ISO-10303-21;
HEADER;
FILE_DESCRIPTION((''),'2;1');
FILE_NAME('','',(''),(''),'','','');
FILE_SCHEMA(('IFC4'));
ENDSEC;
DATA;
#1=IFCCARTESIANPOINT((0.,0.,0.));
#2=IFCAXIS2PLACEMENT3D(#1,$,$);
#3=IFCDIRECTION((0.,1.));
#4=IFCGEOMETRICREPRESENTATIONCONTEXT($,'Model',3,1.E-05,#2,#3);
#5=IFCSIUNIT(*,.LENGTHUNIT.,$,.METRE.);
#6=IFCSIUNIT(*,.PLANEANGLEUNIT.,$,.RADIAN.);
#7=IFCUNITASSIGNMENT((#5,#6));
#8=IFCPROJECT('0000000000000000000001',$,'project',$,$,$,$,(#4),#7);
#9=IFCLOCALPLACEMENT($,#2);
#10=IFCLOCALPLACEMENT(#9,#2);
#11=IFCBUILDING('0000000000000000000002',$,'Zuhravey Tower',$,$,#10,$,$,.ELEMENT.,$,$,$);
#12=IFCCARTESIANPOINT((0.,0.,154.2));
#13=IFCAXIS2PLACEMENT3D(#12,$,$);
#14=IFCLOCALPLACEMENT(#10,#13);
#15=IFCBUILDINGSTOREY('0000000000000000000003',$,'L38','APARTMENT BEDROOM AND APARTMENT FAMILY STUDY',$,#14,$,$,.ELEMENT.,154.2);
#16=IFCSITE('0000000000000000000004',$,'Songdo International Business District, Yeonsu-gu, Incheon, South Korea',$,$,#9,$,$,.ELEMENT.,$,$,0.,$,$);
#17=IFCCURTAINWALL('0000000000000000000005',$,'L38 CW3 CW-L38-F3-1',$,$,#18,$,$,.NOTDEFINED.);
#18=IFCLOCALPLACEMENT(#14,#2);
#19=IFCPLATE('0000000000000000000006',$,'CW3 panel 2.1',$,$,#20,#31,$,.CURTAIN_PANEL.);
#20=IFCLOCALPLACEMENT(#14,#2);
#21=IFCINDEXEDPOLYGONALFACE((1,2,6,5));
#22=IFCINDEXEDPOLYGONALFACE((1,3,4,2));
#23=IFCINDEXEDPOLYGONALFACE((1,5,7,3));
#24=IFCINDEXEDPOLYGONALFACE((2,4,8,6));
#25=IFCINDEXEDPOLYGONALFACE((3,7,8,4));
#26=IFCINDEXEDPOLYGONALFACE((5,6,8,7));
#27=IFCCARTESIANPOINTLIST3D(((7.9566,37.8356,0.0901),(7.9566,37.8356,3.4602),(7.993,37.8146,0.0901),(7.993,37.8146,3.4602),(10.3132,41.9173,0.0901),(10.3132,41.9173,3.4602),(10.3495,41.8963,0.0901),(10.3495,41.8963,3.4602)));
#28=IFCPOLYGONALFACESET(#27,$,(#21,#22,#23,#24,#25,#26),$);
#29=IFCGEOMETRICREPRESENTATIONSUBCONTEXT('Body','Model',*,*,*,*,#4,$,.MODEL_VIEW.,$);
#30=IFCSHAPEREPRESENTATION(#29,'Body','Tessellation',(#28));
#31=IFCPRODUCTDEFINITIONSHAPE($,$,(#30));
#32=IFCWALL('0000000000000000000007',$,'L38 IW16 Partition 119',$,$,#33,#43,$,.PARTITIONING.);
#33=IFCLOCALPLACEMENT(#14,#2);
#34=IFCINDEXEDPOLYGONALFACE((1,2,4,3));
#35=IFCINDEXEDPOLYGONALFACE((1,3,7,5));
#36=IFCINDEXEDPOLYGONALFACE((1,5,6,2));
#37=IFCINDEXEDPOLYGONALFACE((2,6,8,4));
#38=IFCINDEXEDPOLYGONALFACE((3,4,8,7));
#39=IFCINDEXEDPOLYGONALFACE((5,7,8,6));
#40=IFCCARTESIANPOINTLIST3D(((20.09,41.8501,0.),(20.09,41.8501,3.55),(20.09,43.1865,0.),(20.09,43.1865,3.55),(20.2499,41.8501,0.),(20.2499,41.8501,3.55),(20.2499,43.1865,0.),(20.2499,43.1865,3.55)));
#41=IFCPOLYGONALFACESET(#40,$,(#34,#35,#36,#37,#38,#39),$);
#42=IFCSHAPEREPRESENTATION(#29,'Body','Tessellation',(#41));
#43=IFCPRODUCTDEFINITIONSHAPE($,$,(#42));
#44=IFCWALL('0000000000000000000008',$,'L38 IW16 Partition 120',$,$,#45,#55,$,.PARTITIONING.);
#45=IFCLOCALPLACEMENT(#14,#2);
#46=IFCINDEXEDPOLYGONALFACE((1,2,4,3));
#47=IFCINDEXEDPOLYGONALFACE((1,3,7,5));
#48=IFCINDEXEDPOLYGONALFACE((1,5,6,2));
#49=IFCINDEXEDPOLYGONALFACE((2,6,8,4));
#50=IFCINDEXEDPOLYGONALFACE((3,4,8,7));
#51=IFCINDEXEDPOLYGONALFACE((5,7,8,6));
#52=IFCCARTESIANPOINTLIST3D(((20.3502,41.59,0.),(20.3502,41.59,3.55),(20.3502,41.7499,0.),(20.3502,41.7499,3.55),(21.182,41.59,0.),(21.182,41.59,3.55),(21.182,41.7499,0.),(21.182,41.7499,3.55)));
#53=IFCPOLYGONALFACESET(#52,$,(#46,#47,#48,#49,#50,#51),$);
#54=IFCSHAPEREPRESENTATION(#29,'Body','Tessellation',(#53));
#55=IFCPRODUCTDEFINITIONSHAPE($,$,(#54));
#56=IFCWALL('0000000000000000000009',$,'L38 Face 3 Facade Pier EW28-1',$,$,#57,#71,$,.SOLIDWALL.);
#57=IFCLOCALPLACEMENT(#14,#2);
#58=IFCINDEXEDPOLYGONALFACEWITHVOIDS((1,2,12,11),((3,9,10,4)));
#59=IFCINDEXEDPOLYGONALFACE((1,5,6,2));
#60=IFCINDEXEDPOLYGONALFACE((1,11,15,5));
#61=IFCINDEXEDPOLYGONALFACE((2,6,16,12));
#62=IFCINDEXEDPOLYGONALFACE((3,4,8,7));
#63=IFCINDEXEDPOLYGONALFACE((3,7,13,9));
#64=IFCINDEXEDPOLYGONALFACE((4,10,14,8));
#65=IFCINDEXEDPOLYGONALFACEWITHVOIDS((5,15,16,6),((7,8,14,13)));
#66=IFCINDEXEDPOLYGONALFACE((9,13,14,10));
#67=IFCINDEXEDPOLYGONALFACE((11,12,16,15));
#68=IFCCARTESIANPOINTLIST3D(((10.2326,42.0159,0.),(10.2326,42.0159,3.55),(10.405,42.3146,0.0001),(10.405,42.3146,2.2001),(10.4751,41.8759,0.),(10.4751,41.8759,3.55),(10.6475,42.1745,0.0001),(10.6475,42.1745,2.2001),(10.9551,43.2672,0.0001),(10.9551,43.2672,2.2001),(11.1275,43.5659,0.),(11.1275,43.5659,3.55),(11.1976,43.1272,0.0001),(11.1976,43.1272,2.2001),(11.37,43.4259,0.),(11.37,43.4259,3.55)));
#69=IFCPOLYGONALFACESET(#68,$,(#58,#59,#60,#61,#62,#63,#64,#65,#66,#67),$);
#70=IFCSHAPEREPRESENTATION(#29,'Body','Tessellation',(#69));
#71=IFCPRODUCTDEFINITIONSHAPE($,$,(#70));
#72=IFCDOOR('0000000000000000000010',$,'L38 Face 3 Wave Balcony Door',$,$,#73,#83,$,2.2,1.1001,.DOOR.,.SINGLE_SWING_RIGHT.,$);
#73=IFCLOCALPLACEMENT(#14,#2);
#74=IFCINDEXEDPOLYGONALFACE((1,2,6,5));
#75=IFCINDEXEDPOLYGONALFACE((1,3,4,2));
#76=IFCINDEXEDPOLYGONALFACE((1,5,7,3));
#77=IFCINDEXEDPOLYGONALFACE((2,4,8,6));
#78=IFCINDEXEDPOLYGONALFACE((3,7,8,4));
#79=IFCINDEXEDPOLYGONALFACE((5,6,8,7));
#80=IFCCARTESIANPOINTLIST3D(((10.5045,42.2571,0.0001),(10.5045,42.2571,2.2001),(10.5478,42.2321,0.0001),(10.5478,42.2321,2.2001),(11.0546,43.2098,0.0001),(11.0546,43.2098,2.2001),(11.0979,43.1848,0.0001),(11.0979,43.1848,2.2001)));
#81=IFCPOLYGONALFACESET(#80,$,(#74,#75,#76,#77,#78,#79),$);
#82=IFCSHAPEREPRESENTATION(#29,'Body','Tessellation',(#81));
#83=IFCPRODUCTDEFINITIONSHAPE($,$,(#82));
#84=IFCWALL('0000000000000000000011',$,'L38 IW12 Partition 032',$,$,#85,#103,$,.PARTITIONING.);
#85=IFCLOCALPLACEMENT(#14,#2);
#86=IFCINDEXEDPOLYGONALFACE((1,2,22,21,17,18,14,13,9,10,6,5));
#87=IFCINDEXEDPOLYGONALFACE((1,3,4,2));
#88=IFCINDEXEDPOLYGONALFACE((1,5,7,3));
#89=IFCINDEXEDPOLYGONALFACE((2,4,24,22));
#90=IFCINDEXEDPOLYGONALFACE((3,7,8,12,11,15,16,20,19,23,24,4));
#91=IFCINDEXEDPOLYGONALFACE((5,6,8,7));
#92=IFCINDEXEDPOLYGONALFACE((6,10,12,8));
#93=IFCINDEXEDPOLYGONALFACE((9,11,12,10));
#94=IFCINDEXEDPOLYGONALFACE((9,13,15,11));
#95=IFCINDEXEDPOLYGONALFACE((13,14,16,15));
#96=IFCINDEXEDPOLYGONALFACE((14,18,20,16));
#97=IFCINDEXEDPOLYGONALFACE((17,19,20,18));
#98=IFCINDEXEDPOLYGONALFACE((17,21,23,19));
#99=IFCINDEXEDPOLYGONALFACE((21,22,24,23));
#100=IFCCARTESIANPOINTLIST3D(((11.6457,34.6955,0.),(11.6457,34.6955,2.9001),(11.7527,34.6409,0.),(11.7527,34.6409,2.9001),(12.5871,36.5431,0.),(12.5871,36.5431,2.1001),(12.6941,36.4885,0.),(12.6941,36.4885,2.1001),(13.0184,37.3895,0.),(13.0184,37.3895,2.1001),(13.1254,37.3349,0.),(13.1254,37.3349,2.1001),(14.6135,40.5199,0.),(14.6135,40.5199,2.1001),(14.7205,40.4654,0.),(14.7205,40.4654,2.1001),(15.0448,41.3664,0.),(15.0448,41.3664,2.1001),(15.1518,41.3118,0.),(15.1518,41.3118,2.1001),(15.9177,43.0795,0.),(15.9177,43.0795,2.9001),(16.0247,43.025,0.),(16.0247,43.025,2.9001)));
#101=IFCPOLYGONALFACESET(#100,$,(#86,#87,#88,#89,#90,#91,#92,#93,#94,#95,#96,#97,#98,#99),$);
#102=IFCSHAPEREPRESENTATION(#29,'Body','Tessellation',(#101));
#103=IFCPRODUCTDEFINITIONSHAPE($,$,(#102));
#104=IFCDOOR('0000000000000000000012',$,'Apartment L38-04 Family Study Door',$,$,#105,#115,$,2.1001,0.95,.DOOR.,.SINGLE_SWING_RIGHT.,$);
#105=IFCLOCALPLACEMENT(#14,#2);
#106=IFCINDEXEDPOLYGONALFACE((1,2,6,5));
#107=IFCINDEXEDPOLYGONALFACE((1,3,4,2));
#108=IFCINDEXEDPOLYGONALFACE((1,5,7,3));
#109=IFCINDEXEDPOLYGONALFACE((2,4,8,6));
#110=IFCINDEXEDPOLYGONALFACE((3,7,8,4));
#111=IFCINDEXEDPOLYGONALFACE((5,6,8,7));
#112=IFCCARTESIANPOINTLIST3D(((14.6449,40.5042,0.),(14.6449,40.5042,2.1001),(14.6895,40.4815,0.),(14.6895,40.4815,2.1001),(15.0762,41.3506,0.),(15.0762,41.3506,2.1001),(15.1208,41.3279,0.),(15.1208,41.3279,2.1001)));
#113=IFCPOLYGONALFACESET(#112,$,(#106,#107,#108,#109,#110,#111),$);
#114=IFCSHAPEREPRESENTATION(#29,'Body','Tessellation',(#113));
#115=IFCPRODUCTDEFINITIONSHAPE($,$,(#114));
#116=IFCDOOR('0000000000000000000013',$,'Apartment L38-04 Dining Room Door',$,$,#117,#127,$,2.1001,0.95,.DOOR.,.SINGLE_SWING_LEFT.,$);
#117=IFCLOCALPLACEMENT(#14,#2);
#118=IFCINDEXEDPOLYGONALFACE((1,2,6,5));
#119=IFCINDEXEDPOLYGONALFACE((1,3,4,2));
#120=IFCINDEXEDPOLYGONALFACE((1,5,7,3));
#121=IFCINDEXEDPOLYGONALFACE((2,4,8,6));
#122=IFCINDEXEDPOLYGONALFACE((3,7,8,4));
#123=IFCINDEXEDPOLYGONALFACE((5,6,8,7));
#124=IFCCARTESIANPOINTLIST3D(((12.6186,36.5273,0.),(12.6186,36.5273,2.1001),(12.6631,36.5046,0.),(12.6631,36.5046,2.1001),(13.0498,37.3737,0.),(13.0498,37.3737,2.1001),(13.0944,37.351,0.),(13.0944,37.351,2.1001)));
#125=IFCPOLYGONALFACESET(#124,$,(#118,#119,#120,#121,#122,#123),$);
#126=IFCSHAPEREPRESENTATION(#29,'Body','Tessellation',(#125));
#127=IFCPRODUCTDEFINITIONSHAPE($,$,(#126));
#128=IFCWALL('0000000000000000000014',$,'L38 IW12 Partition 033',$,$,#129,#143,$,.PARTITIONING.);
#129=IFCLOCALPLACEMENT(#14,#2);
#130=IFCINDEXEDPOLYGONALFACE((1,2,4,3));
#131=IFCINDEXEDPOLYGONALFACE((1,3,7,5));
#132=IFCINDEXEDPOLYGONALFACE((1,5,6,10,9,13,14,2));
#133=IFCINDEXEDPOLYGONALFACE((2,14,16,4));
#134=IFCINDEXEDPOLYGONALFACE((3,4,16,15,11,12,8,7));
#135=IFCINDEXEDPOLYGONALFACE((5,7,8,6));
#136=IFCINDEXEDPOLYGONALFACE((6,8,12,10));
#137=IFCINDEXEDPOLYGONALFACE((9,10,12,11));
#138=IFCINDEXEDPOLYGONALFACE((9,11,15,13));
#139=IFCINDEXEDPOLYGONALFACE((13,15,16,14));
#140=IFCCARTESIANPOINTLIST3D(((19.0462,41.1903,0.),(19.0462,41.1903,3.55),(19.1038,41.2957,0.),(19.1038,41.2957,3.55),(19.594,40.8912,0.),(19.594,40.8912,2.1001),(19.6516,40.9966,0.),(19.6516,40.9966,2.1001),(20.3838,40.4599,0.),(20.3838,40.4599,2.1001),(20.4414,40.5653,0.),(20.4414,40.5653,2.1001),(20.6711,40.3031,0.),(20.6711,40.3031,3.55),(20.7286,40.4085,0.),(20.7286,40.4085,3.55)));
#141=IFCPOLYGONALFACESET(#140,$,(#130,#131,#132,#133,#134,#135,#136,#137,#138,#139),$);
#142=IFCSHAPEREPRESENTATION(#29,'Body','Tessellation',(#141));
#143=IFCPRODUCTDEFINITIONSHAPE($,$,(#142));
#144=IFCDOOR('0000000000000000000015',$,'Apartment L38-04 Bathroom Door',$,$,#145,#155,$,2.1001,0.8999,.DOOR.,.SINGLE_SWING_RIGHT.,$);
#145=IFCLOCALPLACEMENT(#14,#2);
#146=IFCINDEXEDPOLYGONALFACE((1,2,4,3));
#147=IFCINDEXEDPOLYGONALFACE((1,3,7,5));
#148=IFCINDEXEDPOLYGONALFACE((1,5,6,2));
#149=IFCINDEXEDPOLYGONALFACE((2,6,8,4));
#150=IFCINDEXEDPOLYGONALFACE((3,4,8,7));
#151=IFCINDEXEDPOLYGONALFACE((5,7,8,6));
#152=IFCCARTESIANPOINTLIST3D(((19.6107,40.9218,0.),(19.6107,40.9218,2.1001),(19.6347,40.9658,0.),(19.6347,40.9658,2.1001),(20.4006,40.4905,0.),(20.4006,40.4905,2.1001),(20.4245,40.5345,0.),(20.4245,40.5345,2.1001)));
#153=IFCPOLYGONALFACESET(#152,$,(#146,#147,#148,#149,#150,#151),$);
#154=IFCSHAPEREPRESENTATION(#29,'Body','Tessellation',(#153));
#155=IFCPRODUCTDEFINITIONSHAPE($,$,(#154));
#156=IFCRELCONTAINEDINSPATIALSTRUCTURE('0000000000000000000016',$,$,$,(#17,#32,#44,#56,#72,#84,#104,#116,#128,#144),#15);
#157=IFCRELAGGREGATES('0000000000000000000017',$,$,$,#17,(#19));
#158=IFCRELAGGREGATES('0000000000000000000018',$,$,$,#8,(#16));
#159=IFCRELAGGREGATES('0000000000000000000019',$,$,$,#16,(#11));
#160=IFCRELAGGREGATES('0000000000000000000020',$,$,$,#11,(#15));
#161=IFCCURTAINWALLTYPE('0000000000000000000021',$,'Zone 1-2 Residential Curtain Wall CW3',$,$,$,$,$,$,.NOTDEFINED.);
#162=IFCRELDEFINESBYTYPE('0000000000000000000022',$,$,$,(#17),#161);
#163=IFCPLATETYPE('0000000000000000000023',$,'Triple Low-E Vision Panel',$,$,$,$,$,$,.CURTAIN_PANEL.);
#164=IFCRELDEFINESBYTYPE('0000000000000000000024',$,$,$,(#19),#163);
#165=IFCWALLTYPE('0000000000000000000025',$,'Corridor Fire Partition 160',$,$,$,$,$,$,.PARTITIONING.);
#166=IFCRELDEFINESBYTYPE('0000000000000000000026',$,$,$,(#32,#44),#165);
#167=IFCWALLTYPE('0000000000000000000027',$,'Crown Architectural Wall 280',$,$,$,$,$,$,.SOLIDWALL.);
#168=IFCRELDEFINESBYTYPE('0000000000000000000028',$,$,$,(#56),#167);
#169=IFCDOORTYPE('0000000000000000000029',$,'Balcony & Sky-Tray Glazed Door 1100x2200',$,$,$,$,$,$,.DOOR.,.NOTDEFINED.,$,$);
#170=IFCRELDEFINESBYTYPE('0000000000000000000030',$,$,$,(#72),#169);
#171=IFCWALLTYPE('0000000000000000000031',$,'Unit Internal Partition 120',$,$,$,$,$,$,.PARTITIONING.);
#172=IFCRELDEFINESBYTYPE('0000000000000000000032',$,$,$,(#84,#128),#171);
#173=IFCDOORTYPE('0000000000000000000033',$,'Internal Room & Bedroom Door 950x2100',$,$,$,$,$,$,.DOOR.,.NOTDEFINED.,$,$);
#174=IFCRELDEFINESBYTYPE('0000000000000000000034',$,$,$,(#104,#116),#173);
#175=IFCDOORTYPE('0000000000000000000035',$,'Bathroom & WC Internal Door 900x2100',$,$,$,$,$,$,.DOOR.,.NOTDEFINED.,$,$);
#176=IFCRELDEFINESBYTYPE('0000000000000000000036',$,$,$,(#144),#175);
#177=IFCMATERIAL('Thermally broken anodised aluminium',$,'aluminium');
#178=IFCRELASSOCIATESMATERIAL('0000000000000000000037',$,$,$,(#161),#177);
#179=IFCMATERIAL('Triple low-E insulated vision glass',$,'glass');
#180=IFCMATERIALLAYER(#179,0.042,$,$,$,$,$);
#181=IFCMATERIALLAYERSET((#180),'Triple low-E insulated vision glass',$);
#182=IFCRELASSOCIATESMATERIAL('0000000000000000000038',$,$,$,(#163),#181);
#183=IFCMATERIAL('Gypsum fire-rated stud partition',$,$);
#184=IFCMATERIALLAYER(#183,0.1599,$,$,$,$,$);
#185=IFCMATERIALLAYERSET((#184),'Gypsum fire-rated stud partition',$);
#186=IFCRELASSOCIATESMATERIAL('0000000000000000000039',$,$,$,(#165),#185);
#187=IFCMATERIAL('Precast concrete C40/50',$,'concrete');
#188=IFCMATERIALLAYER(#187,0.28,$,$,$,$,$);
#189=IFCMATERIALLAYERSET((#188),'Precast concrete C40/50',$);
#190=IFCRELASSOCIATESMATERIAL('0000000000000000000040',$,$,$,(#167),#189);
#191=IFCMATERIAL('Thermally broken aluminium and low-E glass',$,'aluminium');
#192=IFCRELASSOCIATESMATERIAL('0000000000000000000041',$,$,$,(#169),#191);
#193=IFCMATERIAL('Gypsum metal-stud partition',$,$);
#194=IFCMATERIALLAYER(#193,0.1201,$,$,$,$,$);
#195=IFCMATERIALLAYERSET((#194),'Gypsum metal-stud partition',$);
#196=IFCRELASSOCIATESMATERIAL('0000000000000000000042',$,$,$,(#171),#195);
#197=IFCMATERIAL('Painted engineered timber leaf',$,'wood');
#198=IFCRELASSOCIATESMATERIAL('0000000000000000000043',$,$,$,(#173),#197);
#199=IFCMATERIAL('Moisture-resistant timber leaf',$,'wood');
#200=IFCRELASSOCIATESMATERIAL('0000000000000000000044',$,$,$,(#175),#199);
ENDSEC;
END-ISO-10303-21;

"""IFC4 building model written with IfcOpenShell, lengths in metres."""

from ifc_helpers import new_model, si_unit, direction, frame, frame_2d, origin, origin_2d, place, context, subcontext, project, spatial, rectangle, extrude, material, layer, layer_set, type_object, element, fill, aggregate, save


model = new_model("IFC4")

# Units and contexts
model_context = context("Model", 3, precision=1e-05, world=origin(), true_north=direction((0.0, 1.0)))
body_context = subcontext(model_context, "Body", "Model", "MODEL_VIEW")
ifc_project = project(units=[si_unit("LENGTHUNIT", "METRE"), si_unit("PLANEANGLEUNIT", "RADIAN")], contexts=[model_context])

# Site, building, storey
site_placement = place(None, origin())
site = spatial("IfcSite", under=ifc_project, at=site_placement, Name="Songdo International Business District, Yeonsu-gu, Incheon, South Korea", CompositionType="ELEMENT", RefElevation=0.0)
building_placement = place(site_placement, origin())
building = spatial("IfcBuilding", under=site, at=building_placement, Name="Zuhravey Tower", CompositionType="ELEMENT")
storey_placement = place(building_placement, frame((0.0, 0.0, 154.2)))
storey = spatial("IfcBuildingStorey", under=building, at=storey_placement, Name="L38", Description="APARTMENT BEDROOM AND APARTMENT FAMILY STUDY", CompositionType="ELEMENT", Elevation=154.2)

# Curtain wall
ifc_material_1 = material(Name="Thermally broken anodised aluminium", Category="aluminium")
curtain_wall_type = type_object("IfcCurtainWallType", Name="Zone 1-2 Residential Curtain Wall CW3", PredefinedType="NOTDEFINED", material=ifc_material_1)
curtain_wall_1_placement = place(storey_placement, origin())
curtain_wall_1 = element("IfcCurtainWall", 1, at=curtain_wall_1_placement, inside=storey, type_object=curtain_wall_type, Name="L38 CW3 CW-L38-F3-1", PredefinedType="NOTDEFINED")

# Plate
ifc_material_2 = material(Name="Triple low-E insulated vision glass", Category="glass")
ifc_layer_1 = layer(ifc_material_2, 0.042)
ifc_layer_set_1 = layer_set([ifc_layer_1], Name="Triple low-E insulated vision glass")
plate_type_1 = type_object("IfcPlateType", Name="Triple Low-E Vision Panel", PredefinedType="CURTAIN_PANEL", material=ifc_layer_set_1)
plate_1_placement = place(storey_placement, frame((9.1531, 39.866, 0.0901), z_axis=(0.0, 0.0, 1.0), x_axis=(0.499998, 0.866027, 0.0)))
plate_1 = element("IfcPlate", 2, at=plate_1_placement, type_object=plate_type_1, Name="CW3 panel 2.1", PredefinedType="CURTAIN_PANEL", context=body_context, shape_type="SweptSolid", body=[
    extrude(rectangle(XDim=4.7131, YDim=0.042, at=origin_2d()), origin(), (0.0, 0.0, 1.0), 3.3701),
])
aggregate(curtain_wall_1, [plate_1])

# Walls
ifc_material_3 = material(Name="Gypsum fire-rated stud partition")
ifc_layer_2 = layer(ifc_material_3, 0.1599)
ifc_layer_set_2 = layer_set([ifc_layer_2], Name="Gypsum fire-rated stud partition")
wall_type_1 = type_object("IfcWallType", Name="Corridor Fire Partition 160", PredefinedType="PARTITIONING", material=ifc_layer_set_2)
wall_1_placement = place(storey_placement, frame((20.1699, 43.1865, 0.0), z_axis=(0.0, 0.0, 1.0), x_axis=(0.0, -1.0, 0.0)))
element("IfcWall", 3, at=wall_1_placement, inside=storey, type_object=wall_type_1, Name="L38 IW16 Partition 119", PredefinedType="PARTITIONING", context=body_context, shape_type="SweptSolid", body=[
    extrude(rectangle(XDim=1.3364, YDim=0.1599, at=frame_2d((0.6682, 0.0))), origin(), (0.0, 0.0, 1.0), 3.55),
])
wall_2_placement = place(storey_placement, frame((20.3501, 41.6699, 0.0), z_axis=(0.0, 0.0, 1.0), x_axis=(1.0, 0.0, 0.0)))
element("IfcWall", 4, at=wall_2_placement, inside=storey, type_object=wall_type_1, Name="L38 IW16 Partition 120", PredefinedType="PARTITIONING", context=body_context, shape_type="SweptSolid", body=[
    extrude(rectangle(XDim=0.8318, YDim=0.1599, at=frame_2d((0.416, 0.0))), origin(), (0.0, 0.0, 1.0), 3.55),
])

# Wall, opening, door
ifc_material_4 = material(Name="Precast concrete C40/50", Category="concrete")
ifc_layer_3 = layer(ifc_material_4, 0.28)
ifc_layer_set_3 = layer_set([ifc_layer_3], Name="Precast concrete C40/50")
wall_type_2 = type_object("IfcWallType", Name="Crown Architectural Wall 280", PredefinedType="SOLIDWALL", material=ifc_layer_set_3)
wall_3_placement = place(storey_placement, frame((10.3538, 41.9458, 0.0), z_axis=(0.0, 0.0, 1.0), x_axis=(0.500041, 0.866002, 0.0)))
wall_3 = element("IfcWall", 5, at=wall_3_placement, inside=storey, type_object=wall_type_2, Name="L38 Face 3 Facade Pier EW28-1", PredefinedType="SOLIDWALL", context=body_context, shape_type="SweptSolid", body=[
    extrude(rectangle(XDim=1.7898, YDim=0.28, at=frame_2d((0.895, 0.0))), origin(), (0.0, 0.0, 1.0), 3.55),
])
opening_1_placement = place(wall_3_placement, frame((0.345, 0.0, 0.0)))
opening_1 = element("IfcOpeningElement", 6, at=opening_1_placement, cuts=wall_3, PredefinedType="OPENING", context=body_context, shape_type="SweptSolid", body=[
    extrude(rectangle(XDim=1.1001, YDim=2.2, at=frame_2d((0.55, 1.1001))), frame((0.0, 0.1521, 0.0), z_axis=(0.0, -1.0, 0.0), x_axis=(1.0, 0.0, 0.0)), (0.0, 0.0, 1.0), 0.304),
])
ifc_material_5 = material(Name="Thermally broken aluminium and low-E glass", Category="aluminium")
door_type_1 = type_object("IfcDoorType", Name="Balcony & Sky-Tray Glazed Door 1100x2200", OperationType="NOTDEFINED", PredefinedType="DOOR", material=ifc_material_5)
door_1_placement = place(opening_1_placement, frame((1.1001, 0.0, 0.0), z_axis=(0.0, 0.0, 1.0), x_axis=(-1.0, 0.0, 0.0)))
door_1 = element("IfcDoor", 7, at=door_1_placement, inside=storey, type_object=door_type_1, Name="L38 Face 3 Wave Balcony Door", OperationType="SINGLE_SWING_RIGHT", OverallHeight=2.2, OverallWidth=1.1001, PredefinedType="DOOR", context=body_context, shape_type="SweptSolid", body=[
    extrude(rectangle(XDim=1.1001, YDim=2.2, at=frame_2d((0.55, 1.1001))), frame((0.0, 0.0249, 0.0), z_axis=(0.0, -1.0, 0.0), x_axis=(1.0, 0.0, 0.0)), (0.0, 0.0, 1.0), 0.05),
])
fill(opening_1, door_1)

# Wall, openings, doors
ifc_material_6 = material(Name="Gypsum metal-stud partition")
ifc_layer_4 = layer(ifc_material_6, 0.1201)
ifc_layer_set_4 = layer_set([ifc_layer_4], Name="Gypsum metal-stud partition")
wall_type_3 = type_object("IfcWallType", Name="Unit Internal Partition 120", PredefinedType="PARTITIONING", material=ifc_layer_set_4)
wall_4_placement = place(storey_placement, frame((15.9712, 43.0522, 0.0), z_axis=(0.0, 0.0, 1.0), x_axis=(-0.453998, -0.891002, 0.0)))
wall_4 = element("IfcWall", 8, at=wall_4_placement, inside=storey, type_object=wall_type_3, Name="L38 IW12 Partition 032", PredefinedType="PARTITIONING", context=body_context, shape_type="SweptSolid", body=[
    extrude(rectangle(XDim=9.4097, YDim=0.1201, at=frame_2d((4.7048, 0.0))), origin(), (0.0, 0.0, 1.0), 2.9001),
])
opening_2_placement = place(wall_4_placement, frame((1.9226, 0.0, 0.0)))
opening_2 = element("IfcOpeningElement", 9, at=opening_2_placement, cuts=wall_4, PredefinedType="OPENING", context=body_context, shape_type="SweptSolid", body=[
    extrude(rectangle(XDim=0.95, YDim=2.1001, at=frame_2d((0.4751, 1.05))), frame((0.0, 0.072, 0.0), z_axis=(0.0, -1.0, 0.0), x_axis=(1.0, 0.0, 0.0)), (0.0, 0.0, 1.0), 0.144),
])
opening_3_placement = place(wall_4_placement, frame((6.386, 0.0, 0.0)))
opening_3 = element("IfcOpeningElement", 10, at=opening_3_placement, cuts=wall_4, PredefinedType="OPENING", context=body_context, shape_type="SweptSolid", body=[
    extrude(rectangle(XDim=0.95, YDim=2.1001, at=frame_2d((0.4751, 1.05))), frame((0.0, 0.072, 0.0), z_axis=(0.0, -1.0, 0.0), x_axis=(1.0, 0.0, 0.0)), (0.0, 0.0, 1.0), 0.144),
])
ifc_material_7 = material(Name="Painted engineered timber leaf", Category="wood")
door_type_2 = type_object("IfcDoorType", Name="Internal Room & Bedroom Door 950x2100", OperationType="NOTDEFINED", PredefinedType="DOOR", material=ifc_material_7)
door_2_placement = place(opening_2_placement, frame((0.95, 0.0, 0.0), z_axis=(0.0, 0.0, 1.0), x_axis=(-1.0, 0.0, 0.0)))
door_2 = element("IfcDoor", 11, at=door_2_placement, inside=storey, type_object=door_type_2, Name="Apartment L38-04 Family Study Door", OperationType="SINGLE_SWING_RIGHT", OverallHeight=2.1001, OverallWidth=0.95, PredefinedType="DOOR", context=body_context, shape_type="SweptSolid", body=[
    extrude(rectangle(XDim=0.95, YDim=2.1001, at=frame_2d((0.4751, 1.05))), frame((0.0, 0.0249, 0.0), z_axis=(0.0, -1.0, 0.0), x_axis=(1.0, 0.0, 0.0)), (0.0, 0.0, 1.0), 0.05),
])
fill(opening_2, door_2)
door_3_placement = place(opening_3_placement, frame((0.95, 0.0, 0.0), z_axis=(0.0, 0.0, 1.0), x_axis=(-1.0, 0.0, 0.0)))
door_3 = element("IfcDoor", 12, at=door_3_placement, inside=storey, type_object=door_type_2, Name="Apartment L38-04 Dining Room Door", OperationType="SINGLE_SWING_LEFT", OverallHeight=2.1001, OverallWidth=0.95, PredefinedType="DOOR", context=body_context, shape_type="SweptSolid", body=[
    extrude(rectangle(XDim=0.95, YDim=2.1001, at=frame_2d((0.4751, 1.05))), frame((0.0, 0.0249, 0.0), z_axis=(0.0, -1.0, 0.0), x_axis=(1.0, 0.0, 0.0)), (0.0, 0.0, 1.0), 0.05),
])
fill(opening_3, door_3)

# Wall, opening, door
wall_5_placement = place(storey_placement, frame((20.7, 40.3557, 0.0), z_axis=(0.0, 0.0, 1.0), x_axis=(-0.877674, 0.479259, 0.0)))
wall_5 = element("IfcWall", 13, at=wall_5_placement, inside=storey, type_object=wall_type_3, Name="L38 IW12 Partition 033", PredefinedType="PARTITIONING", context=body_context, shape_type="SweptSolid", body=[
    extrude(rectangle(XDim=1.8513, YDim=0.1201, at=frame_2d((0.9258, 0.0))), origin(), (0.0, 0.0, 1.0), 3.55),
])
opening_4_placement = place(wall_5_placement, frame((0.3274, 0.0, 0.0)))
opening_4 = element("IfcOpeningElement", 14, at=opening_4_placement, cuts=wall_5, PredefinedType="OPENING", context=body_context, shape_type="SweptSolid", body=[
    extrude(rectangle(XDim=0.8999, YDim=2.1001, at=frame_2d((0.45, 1.05))), frame((0.0, 0.072, 0.0), z_axis=(0.0, -1.0, 0.0), x_axis=(1.0, 0.0, 0.0)), (0.0, 0.0, 1.0), 0.144),
])
ifc_material_8 = material(Name="Moisture-resistant timber leaf", Category="wood")
door_type_3 = type_object("IfcDoorType", Name="Bathroom & WC Internal Door 900x2100", OperationType="NOTDEFINED", PredefinedType="DOOR", material=ifc_material_8)
door_4_placement = place(opening_4_placement, frame((0.8999, 0.0, 0.0), z_axis=(0.0, 0.0, 1.0), x_axis=(-1.0, 0.0, 0.0)))
door_4 = element("IfcDoor", 15, at=door_4_placement, inside=storey, type_object=door_type_3, Name="Apartment L38-04 Bathroom Door", OperationType="SINGLE_SWING_RIGHT", OverallHeight=2.1001, OverallWidth=0.8999, PredefinedType="DOOR", context=body_context, shape_type="SweptSolid", body=[
    extrude(rectangle(XDim=0.8999, YDim=2.1001, at=frame_2d((0.45, 1.05))), frame((0.0, 0.0249, 0.0), z_axis=(0.0, -1.0, 0.0), x_axis=(1.0, 0.0, 0.0)), (0.0, 0.0, 1.0), 0.05),
])
fill(opening_4, door_4)

save(model, "model.ifc")
